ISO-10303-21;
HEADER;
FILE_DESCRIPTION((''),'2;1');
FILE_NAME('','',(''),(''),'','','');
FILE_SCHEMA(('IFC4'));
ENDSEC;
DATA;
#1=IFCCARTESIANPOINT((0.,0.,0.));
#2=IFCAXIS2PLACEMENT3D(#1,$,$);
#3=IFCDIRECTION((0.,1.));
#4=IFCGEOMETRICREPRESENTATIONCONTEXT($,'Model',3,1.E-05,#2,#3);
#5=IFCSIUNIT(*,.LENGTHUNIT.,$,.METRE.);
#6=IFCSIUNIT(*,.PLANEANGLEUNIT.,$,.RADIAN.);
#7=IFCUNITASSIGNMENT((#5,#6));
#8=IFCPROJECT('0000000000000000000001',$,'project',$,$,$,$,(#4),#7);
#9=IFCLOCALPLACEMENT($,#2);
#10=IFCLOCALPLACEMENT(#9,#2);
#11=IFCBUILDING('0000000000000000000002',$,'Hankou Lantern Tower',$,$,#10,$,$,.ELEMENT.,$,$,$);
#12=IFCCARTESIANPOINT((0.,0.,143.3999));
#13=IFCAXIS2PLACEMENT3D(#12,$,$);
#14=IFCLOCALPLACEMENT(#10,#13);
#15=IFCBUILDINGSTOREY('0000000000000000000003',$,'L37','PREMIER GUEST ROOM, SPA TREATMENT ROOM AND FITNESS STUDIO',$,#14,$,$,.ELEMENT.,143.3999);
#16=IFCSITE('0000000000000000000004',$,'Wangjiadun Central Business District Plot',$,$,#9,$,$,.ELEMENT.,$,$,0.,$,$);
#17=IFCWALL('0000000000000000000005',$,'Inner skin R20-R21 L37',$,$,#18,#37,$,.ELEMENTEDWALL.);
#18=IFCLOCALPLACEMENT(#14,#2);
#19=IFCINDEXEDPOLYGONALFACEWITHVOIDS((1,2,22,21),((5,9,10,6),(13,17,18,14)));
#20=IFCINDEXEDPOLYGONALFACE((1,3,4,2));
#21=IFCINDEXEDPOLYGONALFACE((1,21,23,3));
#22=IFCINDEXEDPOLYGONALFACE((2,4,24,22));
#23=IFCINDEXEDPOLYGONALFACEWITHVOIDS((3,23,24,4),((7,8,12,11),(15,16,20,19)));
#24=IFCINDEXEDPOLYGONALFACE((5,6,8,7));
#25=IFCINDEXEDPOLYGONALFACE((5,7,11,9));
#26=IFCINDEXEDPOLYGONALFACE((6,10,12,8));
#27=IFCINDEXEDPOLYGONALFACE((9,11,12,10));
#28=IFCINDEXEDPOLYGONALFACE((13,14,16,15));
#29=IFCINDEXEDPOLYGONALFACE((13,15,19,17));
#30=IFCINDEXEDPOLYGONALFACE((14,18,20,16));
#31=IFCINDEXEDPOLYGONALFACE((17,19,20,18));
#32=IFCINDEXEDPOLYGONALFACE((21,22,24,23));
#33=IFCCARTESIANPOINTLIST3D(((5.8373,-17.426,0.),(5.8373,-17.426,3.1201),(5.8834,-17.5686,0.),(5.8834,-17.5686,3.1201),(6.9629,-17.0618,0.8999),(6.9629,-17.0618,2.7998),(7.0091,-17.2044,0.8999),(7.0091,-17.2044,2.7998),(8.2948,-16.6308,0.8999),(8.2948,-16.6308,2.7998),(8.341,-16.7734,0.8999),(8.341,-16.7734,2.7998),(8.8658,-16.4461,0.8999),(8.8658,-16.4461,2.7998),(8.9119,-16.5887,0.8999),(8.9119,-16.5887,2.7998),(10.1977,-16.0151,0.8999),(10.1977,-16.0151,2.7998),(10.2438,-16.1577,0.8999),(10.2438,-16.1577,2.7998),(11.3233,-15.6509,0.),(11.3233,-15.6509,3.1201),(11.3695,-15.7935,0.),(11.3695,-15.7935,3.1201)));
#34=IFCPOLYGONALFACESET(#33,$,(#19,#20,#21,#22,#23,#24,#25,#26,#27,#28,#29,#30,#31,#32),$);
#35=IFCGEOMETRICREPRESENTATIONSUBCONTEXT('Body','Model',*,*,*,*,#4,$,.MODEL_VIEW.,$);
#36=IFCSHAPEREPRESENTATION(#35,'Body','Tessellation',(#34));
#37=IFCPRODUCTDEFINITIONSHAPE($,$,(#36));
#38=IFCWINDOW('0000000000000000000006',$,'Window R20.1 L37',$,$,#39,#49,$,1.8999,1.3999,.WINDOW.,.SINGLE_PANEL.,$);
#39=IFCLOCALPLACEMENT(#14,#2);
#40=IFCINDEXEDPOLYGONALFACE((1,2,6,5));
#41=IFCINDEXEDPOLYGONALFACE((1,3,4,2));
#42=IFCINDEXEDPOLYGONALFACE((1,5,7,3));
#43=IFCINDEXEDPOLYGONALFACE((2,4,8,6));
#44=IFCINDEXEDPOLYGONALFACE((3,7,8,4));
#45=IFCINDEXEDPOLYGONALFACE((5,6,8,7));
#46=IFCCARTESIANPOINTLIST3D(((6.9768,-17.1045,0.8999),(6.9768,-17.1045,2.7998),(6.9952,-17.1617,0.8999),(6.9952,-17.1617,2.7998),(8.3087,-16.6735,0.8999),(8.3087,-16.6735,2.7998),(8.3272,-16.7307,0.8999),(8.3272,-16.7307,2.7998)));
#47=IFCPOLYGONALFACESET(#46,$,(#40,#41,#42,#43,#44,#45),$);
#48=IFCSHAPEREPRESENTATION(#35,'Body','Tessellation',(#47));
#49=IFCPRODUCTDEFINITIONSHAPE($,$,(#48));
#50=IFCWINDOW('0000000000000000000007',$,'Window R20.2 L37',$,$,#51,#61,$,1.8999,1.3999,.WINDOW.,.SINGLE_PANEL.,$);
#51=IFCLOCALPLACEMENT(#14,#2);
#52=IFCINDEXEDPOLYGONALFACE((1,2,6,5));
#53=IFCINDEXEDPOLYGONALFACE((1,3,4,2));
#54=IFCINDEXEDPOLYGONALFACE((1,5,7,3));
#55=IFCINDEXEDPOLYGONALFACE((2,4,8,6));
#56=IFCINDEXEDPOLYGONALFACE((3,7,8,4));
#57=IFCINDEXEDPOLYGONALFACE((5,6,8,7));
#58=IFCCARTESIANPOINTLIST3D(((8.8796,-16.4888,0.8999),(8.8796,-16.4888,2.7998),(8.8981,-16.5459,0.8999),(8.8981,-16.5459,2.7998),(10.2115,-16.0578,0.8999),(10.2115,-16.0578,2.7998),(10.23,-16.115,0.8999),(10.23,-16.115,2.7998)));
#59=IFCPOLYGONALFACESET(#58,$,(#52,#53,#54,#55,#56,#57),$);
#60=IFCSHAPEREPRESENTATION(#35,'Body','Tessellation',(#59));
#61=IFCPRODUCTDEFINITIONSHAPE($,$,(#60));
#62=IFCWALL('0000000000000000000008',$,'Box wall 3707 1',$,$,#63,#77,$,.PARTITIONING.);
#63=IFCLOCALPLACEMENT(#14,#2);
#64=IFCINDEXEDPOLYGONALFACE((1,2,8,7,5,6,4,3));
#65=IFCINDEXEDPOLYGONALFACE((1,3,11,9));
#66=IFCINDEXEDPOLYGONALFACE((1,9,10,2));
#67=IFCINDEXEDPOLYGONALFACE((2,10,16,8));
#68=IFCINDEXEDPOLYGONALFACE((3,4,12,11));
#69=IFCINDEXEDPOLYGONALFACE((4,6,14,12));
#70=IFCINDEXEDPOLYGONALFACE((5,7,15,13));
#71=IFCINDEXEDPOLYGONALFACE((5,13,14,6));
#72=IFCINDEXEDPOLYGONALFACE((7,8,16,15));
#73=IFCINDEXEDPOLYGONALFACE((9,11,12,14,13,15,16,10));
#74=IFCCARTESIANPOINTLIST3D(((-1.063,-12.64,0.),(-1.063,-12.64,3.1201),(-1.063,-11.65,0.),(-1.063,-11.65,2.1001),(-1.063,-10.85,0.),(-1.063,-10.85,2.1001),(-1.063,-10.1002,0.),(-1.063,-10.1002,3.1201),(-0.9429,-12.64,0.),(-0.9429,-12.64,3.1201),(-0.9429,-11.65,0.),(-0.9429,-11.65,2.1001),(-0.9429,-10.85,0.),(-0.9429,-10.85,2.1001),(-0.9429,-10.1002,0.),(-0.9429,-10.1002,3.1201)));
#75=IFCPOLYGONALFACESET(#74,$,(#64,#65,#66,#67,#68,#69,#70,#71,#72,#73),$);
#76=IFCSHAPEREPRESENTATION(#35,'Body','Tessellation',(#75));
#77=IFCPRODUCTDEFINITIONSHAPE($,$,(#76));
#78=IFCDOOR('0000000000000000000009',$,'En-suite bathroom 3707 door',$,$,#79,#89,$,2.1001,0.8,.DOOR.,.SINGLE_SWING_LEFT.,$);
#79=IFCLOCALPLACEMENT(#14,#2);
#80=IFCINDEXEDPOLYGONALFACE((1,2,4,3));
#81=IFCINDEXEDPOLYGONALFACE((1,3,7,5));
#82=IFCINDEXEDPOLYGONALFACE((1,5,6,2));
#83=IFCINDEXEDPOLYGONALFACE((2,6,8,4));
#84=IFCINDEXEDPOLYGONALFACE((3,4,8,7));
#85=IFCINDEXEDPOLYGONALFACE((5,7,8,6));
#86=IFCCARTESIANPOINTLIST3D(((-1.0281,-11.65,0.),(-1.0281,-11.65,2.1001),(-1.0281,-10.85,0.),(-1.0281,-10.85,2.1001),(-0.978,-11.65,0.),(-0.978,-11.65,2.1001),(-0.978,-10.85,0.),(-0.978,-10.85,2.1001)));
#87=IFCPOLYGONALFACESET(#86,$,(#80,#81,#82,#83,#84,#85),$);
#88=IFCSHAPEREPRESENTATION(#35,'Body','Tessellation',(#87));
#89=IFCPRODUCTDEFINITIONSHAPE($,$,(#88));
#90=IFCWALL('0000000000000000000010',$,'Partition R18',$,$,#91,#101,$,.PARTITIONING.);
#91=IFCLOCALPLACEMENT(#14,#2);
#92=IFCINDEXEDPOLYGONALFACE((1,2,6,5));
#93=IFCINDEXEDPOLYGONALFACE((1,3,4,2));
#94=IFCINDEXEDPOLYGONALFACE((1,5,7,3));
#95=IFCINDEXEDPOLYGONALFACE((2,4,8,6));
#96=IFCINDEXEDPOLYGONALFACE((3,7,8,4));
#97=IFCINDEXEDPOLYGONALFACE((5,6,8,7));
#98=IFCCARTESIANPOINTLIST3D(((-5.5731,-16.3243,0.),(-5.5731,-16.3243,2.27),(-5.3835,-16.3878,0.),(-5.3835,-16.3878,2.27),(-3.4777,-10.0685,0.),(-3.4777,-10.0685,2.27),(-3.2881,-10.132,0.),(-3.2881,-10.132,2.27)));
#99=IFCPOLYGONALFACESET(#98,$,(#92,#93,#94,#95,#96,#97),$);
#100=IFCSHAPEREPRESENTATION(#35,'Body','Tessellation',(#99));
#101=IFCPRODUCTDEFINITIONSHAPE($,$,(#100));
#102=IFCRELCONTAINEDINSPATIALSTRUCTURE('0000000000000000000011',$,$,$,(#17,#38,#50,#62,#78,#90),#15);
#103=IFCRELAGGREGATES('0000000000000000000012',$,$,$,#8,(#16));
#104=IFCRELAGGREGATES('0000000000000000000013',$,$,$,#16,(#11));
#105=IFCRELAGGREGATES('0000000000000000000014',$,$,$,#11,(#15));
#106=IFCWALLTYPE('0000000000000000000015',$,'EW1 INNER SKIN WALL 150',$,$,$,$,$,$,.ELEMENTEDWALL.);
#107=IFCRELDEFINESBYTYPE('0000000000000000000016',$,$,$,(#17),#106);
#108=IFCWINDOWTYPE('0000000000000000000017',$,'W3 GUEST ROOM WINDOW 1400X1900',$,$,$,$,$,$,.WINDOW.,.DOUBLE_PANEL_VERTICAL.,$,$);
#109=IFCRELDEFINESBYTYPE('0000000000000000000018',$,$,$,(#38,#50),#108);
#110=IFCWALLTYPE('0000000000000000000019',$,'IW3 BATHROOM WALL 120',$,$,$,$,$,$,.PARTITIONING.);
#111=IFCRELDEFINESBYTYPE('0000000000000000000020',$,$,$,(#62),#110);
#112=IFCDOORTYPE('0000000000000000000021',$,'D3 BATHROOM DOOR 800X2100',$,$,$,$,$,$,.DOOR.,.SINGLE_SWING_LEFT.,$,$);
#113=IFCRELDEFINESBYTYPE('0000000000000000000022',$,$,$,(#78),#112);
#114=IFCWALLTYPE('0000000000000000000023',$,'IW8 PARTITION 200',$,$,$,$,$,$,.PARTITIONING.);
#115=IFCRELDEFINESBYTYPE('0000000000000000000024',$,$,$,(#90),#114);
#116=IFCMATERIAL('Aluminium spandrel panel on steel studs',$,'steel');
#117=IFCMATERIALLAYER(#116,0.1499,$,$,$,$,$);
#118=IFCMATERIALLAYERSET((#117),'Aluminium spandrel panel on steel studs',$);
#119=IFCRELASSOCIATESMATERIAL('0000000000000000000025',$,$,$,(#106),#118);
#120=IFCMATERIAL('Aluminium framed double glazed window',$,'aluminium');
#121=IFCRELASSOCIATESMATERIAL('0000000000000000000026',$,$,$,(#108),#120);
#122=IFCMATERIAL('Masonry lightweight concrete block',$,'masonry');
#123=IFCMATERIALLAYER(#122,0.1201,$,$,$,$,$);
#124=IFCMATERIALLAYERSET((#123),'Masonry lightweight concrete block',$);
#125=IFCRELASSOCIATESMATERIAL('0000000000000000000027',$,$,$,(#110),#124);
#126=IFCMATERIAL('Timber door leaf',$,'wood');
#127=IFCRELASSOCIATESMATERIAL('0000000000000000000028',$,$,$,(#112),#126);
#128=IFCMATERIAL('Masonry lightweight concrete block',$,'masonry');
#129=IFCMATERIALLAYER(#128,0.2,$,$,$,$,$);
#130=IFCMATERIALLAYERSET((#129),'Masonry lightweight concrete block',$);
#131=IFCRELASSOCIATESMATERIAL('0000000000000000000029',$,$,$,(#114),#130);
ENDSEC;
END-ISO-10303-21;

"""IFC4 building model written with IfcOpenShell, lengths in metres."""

from ifc_helpers import new_model, si_unit, direction, frame, frame_2d, origin, place, context, subcontext, project, spatial, rectangle, extrude, material, layer, layer_set, type_object, element, fill, save


model = new_model("IFC4")

# Units and contexts
model_context = context("Model", 3, precision=1e-05, world=origin(), true_north=direction((0.0, 1.0)))
body_context = subcontext(model_context, "Body", "Model", "MODEL_VIEW")
ifc_project = project(units=[si_unit("LENGTHUNIT", "METRE"), si_unit("PLANEANGLEUNIT", "RADIAN")], contexts=[model_context])

# Site, building, storey
site_placement = place(None, origin())
site = spatial("IfcSite", under=ifc_project, at=site_placement, Name="Wangjiadun Central Business District Plot", CompositionType="ELEMENT", RefElevation=0.0)
building_placement = place(site_placement, origin())
building = spatial("IfcBuilding", under=site, at=building_placement, Name="Hankou Lantern Tower", CompositionType="ELEMENT")
storey_placement = place(building_placement, frame((0.0, 0.0, 143.3999)))
storey = spatial("IfcBuildingStorey", under=building, at=storey_placement, Name="L37", Description="PREMIER GUEST ROOM, SPA TREATMENT ROOM AND FITNESS STUDIO", CompositionType="ELEMENT", Elevation=143.3999)

# Wall, openings, windows
ifc_material_1 = material(Name="Aluminium spandrel panel on steel studs", Category="steel")
ifc_layer_1 = layer(ifc_material_1, 0.1499)
ifc_layer_set_1 = layer_set([ifc_layer_1], Name="Aluminium spandrel panel on steel studs")
wall_type_1 = type_object("IfcWallType", Name="EW1 INNER SKIN WALL 150", PredefinedType="ELEMENTEDWALL", material=ifc_layer_set_1)
ifc_material_2 = material(Name="Aluminium framed double glazed window", Category="aluminium")
window_type = type_object("IfcWindowType", Name="W3 GUEST ROOM WINDOW 1400X1900", PartitioningType="DOUBLE_PANEL_VERTICAL", PredefinedType="WINDOW", material=ifc_material_2)
wall_1_placement = place(storey_placement, frame((5.8604, -17.4973, 0.0), z_axis=(0.0, 0.0, 1.0), x_axis=(0.951432, 0.307857, 0.0)))
wall_1 = element("IfcWall", 1, at=wall_1_placement, inside=storey, type_object=wall_type_1, Name="Inner skin R20-R21 L37", PredefinedType="ELEMENTEDWALL", context=body_context, shape_type="SweptSolid", body=[
    extrude(rectangle(XDim=5.7661, YDim=0.1499, at=frame_2d((2.8831, 0.0))), origin(), (0.0, 0.0, 1.0), 3.1201),
])
opening_1_placement = place(wall_1_placement, frame((1.1831, 0.0, 0.8999)))
opening_1 = element("IfcOpeningElement", 2, at=opening_1_placement, cuts=wall_1, PredefinedType="OPENING", context=body_context, shape_type="SweptSolid", body=[
    extrude(rectangle(XDim=1.3999, YDim=1.8999, at=frame_2d((0.7, 0.95))), frame((0.0, 0.085, 0.0), z_axis=(0.0, -1.0, 0.0), x_axis=(1.0, 0.0, 0.0)), (0.0, 0.0, 1.0), 0.1699),
])
opening_2_placement = place(wall_1_placement, frame((3.1831, 0.0, 0.8999)))
opening_2 = element("IfcOpeningElement", 3, at=opening_2_placement, cuts=wall_1, PredefinedType="OPENING", context=body_context, shape_type="SweptSolid", body=[
    extrude(rectangle(XDim=1.3999, YDim=1.8999, at=frame_2d((0.7, 0.95))), frame((0.0, 0.085, 0.0), z_axis=(0.0, -1.0, 0.0), x_axis=(1.0, 0.0, 0.0)), (0.0, 0.0, 1.0), 0.1699),
])
window_1_placement = place(opening_1_placement, origin())
window_1 = element("IfcWindow", 4, at=window_1_placement, inside=storey, type_object=window_type, Name="Window R20.1 L37", OverallHeight=1.8999, OverallWidth=1.3999, PartitioningType="SINGLE_PANEL", PredefinedType="WINDOW", context=body_context, shape_type="SweptSolid", body=[
    extrude(rectangle(XDim=1.3999, YDim=1.8999, at=frame_2d((0.7, 0.95))), frame((0.0, 0.03, 0.0), z_axis=(0.0, -1.0, 0.0), x_axis=(1.0, 0.0, 0.0)), (0.0, 0.0, 1.0), 0.0601),
])
fill(opening_1, window_1)
window_2_placement = place(opening_2_placement, origin())
window_2 = element("IfcWindow", 5, at=window_2_placement, inside=storey, type_object=window_type, Name="Window R20.2 L37", OverallHeight=1.8999, OverallWidth=1.3999, PartitioningType="SINGLE_PANEL", PredefinedType="WINDOW", context=body_context, shape_type="SweptSolid", body=[
    extrude(rectangle(XDim=1.3999, YDim=1.8999, at=frame_2d((0.7, 0.95))), frame((0.0, 0.03, 0.0), z_axis=(0.0, -1.0, 0.0), x_axis=(1.0, 0.0, 0.0)), (0.0, 0.0, 1.0), 0.0601),
])
fill(opening_2, window_2)

# Wall, opening, door
ifc_material_3 = material(Name="Masonry lightweight concrete block", Category="masonry")
ifc_layer_2 = layer(ifc_material_3, 0.1201)
ifc_layer_set_2 = layer_set([ifc_layer_2], Name="Masonry lightweight concrete block")
wall_type_2 = type_object("IfcWallType", Name="IW3 BATHROOM WALL 120", PredefinedType="PARTITIONING", material=ifc_layer_set_2)
wall_2_placement = place(storey_placement, frame((-1.0029, -10.1001, 0.0), z_axis=(0.0, 0.0, 1.0), x_axis=(0.0, -1.0, 0.0)))
wall_2 = element("IfcWall", 6, at=wall_2_placement, inside=storey, type_object=wall_type_2, Name="Box wall 3707 1", PredefinedType="PARTITIONING", context=body_context, shape_type="SweptSolid", body=[
    extrude(rectangle(XDim=2.5398, YDim=0.1201, at=frame_2d((1.27, 0.0))), origin(), (0.0, 0.0, 1.0), 3.1201),
])
opening_3_placement = place(wall_2_placement, frame((0.75, 0.0, 0.0)))
opening_3 = element("IfcOpeningElement", 7, at=opening_3_placement, cuts=wall_2, PredefinedType="OPENING", context=body_context, shape_type="SweptSolid", body=[
    extrude(rectangle(XDim=0.8, YDim=2.1001, at=frame_2d((0.3999, 1.05))), frame((0.0, 0.0701, 0.0), z_axis=(0.0, -1.0, 0.0), x_axis=(1.0, 0.0, 0.0)), (0.0, 0.0, 1.0), 0.1401),
])
ifc_material_4 = material(Name="Timber door leaf", Category="wood")
door_type = type_object("IfcDoorType", Name="D3 BATHROOM DOOR 800X2100", OperationType="SINGLE_SWING_LEFT", PredefinedType="DOOR", material=ifc_material_4)
door_placement = place(opening_3_placement, origin())
door = element("IfcDoor", 8, at=door_placement, inside=storey, type_object=door_type, Name="En-suite bathroom 3707 door", OperationType="SINGLE_SWING_LEFT", OverallHeight=2.1001, OverallWidth=0.8, PredefinedType="DOOR", context=body_context, shape_type="SweptSolid", body=[
    extrude(rectangle(XDim=0.8, YDim=2.1001, at=frame_2d((0.3999, 1.05))), frame((0.0, 0.0249, 0.0), z_axis=(0.0, -1.0, 0.0), x_axis=(1.0, 0.0, 0.0)), (0.0, 0.0, 1.0), 0.05),
])
fill(opening_3, door)

# Wall
ifc_material_5 = material(Name="Masonry lightweight concrete block", Category="masonry")
ifc_layer_3 = layer(ifc_material_5, 0.2)
ifc_layer_set_3 = layer_set([ifc_layer_3], Name="Masonry lightweight concrete block")
wall_type_3 = type_object("IfcWallType", Name="IW8 PARTITION 200", PredefinedType="PARTITIONING", material=ifc_layer_set_3)
wall_3_placement = place(storey_placement, frame((-3.3828, -10.1001, 0.0), z_axis=(0.0, 0.0, 1.0), x_axis=(-0.317615, -0.94822, 0.0)))
element("IfcWall", 9, at=wall_3_placement, inside=storey, type_object=wall_type_3, Name="Partition R18", PredefinedType="PARTITIONING", context=body_context, shape_type="SweptSolid", body=[
    extrude(rectangle(XDim=6.5974, YDim=0.2, at=frame_2d((3.2988, 0.0))), origin(), (0.0, 0.0, 1.0), 2.27),
])

save(model, "model.ifc")
